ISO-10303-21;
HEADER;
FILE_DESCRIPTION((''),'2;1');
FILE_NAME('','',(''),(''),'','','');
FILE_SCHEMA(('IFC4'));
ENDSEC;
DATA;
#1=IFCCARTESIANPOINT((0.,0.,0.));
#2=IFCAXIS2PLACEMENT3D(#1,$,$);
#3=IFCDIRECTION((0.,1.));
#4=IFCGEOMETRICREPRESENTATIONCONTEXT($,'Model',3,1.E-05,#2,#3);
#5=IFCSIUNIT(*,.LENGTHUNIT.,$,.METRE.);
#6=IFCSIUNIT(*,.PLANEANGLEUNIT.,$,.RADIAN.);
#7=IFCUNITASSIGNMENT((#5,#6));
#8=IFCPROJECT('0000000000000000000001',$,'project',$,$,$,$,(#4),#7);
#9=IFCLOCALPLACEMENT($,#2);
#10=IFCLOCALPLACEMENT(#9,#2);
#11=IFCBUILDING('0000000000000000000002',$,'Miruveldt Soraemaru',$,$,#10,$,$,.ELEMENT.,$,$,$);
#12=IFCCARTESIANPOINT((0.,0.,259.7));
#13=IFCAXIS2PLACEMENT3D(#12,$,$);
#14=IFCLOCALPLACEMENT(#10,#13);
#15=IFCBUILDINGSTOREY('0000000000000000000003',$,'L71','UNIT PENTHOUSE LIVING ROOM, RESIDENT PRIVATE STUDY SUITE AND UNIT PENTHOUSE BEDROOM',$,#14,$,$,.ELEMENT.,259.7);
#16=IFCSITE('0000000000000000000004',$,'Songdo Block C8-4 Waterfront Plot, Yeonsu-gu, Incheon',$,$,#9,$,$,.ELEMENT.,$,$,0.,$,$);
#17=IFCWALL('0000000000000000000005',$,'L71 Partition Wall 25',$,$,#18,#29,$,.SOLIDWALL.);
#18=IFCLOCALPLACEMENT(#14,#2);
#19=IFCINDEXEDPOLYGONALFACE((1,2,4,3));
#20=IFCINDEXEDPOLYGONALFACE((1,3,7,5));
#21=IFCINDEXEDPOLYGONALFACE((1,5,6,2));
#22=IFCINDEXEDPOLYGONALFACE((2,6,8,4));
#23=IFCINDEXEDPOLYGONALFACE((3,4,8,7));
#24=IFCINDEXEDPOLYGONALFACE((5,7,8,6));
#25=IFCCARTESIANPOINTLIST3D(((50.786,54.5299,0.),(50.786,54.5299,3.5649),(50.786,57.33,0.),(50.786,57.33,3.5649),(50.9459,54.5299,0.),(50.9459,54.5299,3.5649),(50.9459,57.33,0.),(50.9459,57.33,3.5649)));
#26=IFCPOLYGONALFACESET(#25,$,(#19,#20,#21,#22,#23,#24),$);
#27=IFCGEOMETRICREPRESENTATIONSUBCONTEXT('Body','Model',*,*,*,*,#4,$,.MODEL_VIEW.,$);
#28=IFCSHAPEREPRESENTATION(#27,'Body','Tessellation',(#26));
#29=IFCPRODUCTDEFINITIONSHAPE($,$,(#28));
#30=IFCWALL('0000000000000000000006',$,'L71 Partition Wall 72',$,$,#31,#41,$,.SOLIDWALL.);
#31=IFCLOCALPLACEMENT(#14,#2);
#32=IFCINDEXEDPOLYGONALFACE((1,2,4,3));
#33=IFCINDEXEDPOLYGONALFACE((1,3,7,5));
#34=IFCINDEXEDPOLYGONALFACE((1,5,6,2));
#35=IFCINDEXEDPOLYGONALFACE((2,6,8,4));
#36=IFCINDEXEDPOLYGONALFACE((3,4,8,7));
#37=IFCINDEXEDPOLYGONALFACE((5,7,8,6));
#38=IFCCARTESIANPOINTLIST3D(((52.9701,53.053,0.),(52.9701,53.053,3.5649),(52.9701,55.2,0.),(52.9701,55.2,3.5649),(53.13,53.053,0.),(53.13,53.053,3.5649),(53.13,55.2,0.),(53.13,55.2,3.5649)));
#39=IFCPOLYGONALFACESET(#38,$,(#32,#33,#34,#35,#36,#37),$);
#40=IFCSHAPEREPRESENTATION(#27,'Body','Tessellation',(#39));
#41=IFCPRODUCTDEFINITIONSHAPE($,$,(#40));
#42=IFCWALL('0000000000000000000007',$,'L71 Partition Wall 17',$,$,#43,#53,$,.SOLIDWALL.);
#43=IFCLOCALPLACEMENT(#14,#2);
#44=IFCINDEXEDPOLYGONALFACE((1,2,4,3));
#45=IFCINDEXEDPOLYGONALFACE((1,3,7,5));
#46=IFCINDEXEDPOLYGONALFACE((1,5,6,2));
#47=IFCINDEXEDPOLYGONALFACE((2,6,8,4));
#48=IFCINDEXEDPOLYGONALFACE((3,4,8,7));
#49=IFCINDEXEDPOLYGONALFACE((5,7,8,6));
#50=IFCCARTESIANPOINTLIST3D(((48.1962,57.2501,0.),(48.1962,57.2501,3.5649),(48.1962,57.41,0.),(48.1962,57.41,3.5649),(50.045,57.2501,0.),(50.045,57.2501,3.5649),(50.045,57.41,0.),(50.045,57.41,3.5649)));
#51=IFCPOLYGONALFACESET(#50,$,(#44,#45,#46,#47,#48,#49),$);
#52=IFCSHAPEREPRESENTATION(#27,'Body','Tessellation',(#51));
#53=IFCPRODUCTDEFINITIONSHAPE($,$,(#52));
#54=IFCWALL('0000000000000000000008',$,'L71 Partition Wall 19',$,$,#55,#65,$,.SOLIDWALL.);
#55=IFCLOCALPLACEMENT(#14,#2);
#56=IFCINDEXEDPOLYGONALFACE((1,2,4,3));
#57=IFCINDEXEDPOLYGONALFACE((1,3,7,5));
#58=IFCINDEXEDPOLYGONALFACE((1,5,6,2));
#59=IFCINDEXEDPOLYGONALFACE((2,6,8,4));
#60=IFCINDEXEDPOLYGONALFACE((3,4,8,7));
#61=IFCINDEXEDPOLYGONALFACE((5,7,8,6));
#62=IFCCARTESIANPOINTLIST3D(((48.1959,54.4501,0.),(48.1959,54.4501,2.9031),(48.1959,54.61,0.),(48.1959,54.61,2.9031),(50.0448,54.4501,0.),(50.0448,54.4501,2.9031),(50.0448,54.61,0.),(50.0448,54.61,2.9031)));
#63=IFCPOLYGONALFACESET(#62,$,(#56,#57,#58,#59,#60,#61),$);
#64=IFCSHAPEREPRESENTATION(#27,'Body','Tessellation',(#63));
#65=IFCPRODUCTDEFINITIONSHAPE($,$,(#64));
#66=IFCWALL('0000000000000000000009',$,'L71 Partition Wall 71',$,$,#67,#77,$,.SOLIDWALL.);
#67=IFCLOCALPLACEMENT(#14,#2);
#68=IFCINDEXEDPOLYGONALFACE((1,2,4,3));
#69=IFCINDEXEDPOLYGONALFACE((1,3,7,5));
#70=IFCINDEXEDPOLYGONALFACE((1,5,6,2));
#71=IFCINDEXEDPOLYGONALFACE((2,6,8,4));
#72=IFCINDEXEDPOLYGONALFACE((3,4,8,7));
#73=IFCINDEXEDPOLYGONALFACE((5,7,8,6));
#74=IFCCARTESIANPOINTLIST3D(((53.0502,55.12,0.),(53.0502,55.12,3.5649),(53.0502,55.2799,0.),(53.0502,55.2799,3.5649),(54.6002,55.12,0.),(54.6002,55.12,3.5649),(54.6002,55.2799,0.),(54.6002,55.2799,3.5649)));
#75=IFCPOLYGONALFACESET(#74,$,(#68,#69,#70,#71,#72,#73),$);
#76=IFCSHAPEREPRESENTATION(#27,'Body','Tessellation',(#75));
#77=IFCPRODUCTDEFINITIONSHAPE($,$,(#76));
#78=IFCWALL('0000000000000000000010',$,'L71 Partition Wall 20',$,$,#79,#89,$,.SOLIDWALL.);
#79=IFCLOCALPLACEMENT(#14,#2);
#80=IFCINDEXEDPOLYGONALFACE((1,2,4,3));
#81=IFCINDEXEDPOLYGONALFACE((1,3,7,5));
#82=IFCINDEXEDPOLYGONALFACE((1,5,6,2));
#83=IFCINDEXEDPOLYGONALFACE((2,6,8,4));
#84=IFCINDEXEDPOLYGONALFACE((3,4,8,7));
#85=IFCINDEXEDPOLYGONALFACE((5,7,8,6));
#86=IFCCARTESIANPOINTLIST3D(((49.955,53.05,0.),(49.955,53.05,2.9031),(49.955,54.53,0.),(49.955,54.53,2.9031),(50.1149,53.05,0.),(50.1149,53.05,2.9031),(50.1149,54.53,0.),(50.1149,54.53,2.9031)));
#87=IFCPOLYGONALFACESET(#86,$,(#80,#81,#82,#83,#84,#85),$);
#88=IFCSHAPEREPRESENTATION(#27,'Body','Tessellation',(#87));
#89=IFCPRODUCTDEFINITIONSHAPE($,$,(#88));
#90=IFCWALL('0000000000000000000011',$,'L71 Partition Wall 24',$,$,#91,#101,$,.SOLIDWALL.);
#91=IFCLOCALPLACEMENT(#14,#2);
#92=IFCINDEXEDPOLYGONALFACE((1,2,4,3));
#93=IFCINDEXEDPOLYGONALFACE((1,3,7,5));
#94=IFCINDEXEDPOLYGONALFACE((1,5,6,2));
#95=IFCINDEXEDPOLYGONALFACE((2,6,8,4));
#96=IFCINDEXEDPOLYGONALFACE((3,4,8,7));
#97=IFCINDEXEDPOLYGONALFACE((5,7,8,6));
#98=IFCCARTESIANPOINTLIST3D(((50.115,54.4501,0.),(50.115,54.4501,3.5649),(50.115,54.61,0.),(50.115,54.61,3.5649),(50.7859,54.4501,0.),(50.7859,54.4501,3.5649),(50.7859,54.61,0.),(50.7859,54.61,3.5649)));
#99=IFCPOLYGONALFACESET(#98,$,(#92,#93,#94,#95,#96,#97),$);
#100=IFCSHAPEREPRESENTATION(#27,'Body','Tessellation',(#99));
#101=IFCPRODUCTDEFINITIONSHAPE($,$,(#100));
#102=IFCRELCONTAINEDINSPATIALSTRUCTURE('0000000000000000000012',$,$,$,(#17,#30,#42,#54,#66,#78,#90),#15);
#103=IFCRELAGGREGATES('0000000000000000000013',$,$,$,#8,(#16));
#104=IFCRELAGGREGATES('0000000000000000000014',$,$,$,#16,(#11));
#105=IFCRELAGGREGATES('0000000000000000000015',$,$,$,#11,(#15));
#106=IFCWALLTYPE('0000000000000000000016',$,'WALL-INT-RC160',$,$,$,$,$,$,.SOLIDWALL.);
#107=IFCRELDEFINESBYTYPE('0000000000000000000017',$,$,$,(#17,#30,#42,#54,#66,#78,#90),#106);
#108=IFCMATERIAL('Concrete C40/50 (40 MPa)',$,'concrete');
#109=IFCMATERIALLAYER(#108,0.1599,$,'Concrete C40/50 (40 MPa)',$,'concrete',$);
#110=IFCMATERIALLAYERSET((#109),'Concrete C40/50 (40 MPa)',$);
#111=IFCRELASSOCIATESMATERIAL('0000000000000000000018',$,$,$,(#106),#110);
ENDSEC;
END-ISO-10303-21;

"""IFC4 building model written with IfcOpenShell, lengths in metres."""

from ifc_helpers import new_model, si_unit, direction, frame, frame_2d, origin, place, context, subcontext, project, spatial, rectangle, extrude, material, layer, layer_set, type_object, element, save


model = new_model("IFC4")

# Units and contexts
model_context = context("Model", 3, precision=1e-05, world=origin(), true_north=direction((0.0, 1.0)))
body_context = subcontext(model_context, "Body", "Model", "MODEL_VIEW")
ifc_project = project(units=[si_unit("LENGTHUNIT", "METRE"), si_unit("PLANEANGLEUNIT", "RADIAN")], contexts=[model_context])

# Site, building, storey
site_placement = place(None, origin())
site = spatial("IfcSite", under=ifc_project, at=site_placement, Name="Songdo Block C8-4 Waterfront Plot, Yeonsu-gu, Incheon", CompositionType="ELEMENT", RefElevation=0.0)
building_placement = place(site_placement, origin())
building = spatial("IfcBuilding", under=site, at=building_placement, Name="Miruveldt Soraemaru", CompositionType="ELEMENT")
storey_placement = place(building_placement, frame((0.0, 0.0, 259.7)))
storey = spatial("IfcBuildingStorey", under=building, at=storey_placement, Name="L71", Description="UNIT PENTHOUSE LIVING ROOM, RESIDENT PRIVATE STUDY SUITE AND UNIT PENTHOUSE BEDROOM", CompositionType="ELEMENT", Elevation=259.7)

# Shared definitions
ifc_material_1 = material(Name="Concrete C40/50 (40 MPa)", Category="concrete")
ifc_layer_1 = layer(ifc_material_1, 0.1599, Name="Concrete C40/50 (40 MPa)", Category="concrete")
ifc_layer_set_1 = layer_set([ifc_layer_1], Name="Concrete C40/50 (40 MPa)")
wall_type_1 = type_object("IfcWallType", Name="WALL-INT-RC160", PredefinedType="SOLIDWALL", material=ifc_layer_set_1)

# Walls
wall_1_placement = place(storey_placement, frame((50.866, 54.53, 0.0), z_axis=(0.0, 0.0, 1.0), x_axis=(0.0, 1.0, 0.0)))
element("IfcWall", 1, at=wall_1_placement, inside=storey, type_object=wall_type_1, Name="L71 Partition Wall 25", PredefinedType="SOLIDWALL", context=body_context, shape_type="SweptSolid", body=[
    extrude(rectangle(XDim=2.8, YDim=0.1599, at=frame_2d((1.3999, 0.0))), origin(), (0.0, 0.0, 1.0), 3.5649),
])
wall_2_placement = place(storey_placement, frame((53.05, 55.2, 0.0), z_axis=(0.0, 0.0, 1.0), x_axis=(0.0, -1.0, 0.0)))
element("IfcWall", 2, at=wall_2_placement, inside=storey, type_object=wall_type_1, Name="L71 Partition Wall 72", PredefinedType="SOLIDWALL", context=body_context, shape_type="SweptSolid", body=[
    extrude(rectangle(XDim=2.147, YDim=0.1599, at=frame_2d((1.0735, 0.0))), origin(), (0.0, 0.0, 1.0), 3.5649),
])
wall_3_placement = place(storey_placement, frame((50.0449, 57.3301, 0.0), z_axis=(0.0, 0.0, 1.0), x_axis=(-1.0, 0.0, 0.0)))
element("IfcWall", 3, at=wall_3_placement, inside=storey, type_object=wall_type_1, Name="L71 Partition Wall 17", PredefinedType="SOLIDWALL", context=body_context, shape_type="SweptSolid", body=[
    extrude(rectangle(XDim=1.8489, YDim=0.1599, at=frame_2d((0.9243, 0.0))), origin(), (0.0, 0.0, 1.0), 3.5649),
])
wall_4_placement = place(storey_placement, frame((48.196, 54.53, 0.0), z_axis=(0.0, 0.0, 1.0), x_axis=(1.0, 0.0, 0.0)))
element("IfcWall", 4, at=wall_4_placement, inside=storey, type_object=wall_type_1, Name="L71 Partition Wall 19", PredefinedType="SOLIDWALL", context=body_context, shape_type="SweptSolid", body=[
    extrude(rectangle(XDim=1.8489, YDim=0.1599, at=frame_2d((0.9243, 0.0))), origin(), (0.0, 0.0, 1.0), 2.9031),
])
wall_5_placement = place(storey_placement, frame((54.6001, 55.2, 0.0), z_axis=(0.0, 0.0, 1.0), x_axis=(-1.0, 0.0, 0.0)))
element("IfcWall", 5, at=wall_5_placement, inside=storey, type_object=wall_type_1, Name="L71 Partition Wall 71", PredefinedType="SOLIDWALL", context=body_context, shape_type="SweptSolid", body=[
    extrude(rectangle(XDim=1.55, YDim=0.1599, at=frame_2d((0.7749, 0.0))), origin(), (0.0, 0.0, 1.0), 3.5649),
])
wall_6_placement = place(storey_placement, frame((50.0349, 53.05, 0.0), z_axis=(0.0, 0.0, 1.0), x_axis=(0.0, 1.0, 0.0)))
element("IfcWall", 6, at=wall_6_placement, inside=storey, type_object=wall_type_1, Name="L71 Partition Wall 20", PredefinedType="SOLIDWALL", context=body_context, shape_type="SweptSolid", body=[
    extrude(rectangle(XDim=1.48, YDim=0.1599, at=frame_2d((0.74, 0.0))), origin(), (0.0, 0.0, 1.0), 2.9031),
])
wall_7_placement = place(storey_placement, frame((50.115, 54.53, 0.0), z_axis=(0.0, 0.0, 1.0), x_axis=(1.0, 0.0, 0.0)))
element("IfcWall", 7, at=wall_7_placement, inside=storey, type_object=wall_type_1, Name="L71 Partition Wall 24", PredefinedType="SOLIDWALL", context=body_context, shape_type="SweptSolid", body=[
    extrude(rectangle(XDim=0.6709, YDim=0.1599, at=frame_2d((0.3354, 0.0))), origin(), (0.0, 0.0, 1.0), 3.5649),
])

save(model, "model.ifc")
